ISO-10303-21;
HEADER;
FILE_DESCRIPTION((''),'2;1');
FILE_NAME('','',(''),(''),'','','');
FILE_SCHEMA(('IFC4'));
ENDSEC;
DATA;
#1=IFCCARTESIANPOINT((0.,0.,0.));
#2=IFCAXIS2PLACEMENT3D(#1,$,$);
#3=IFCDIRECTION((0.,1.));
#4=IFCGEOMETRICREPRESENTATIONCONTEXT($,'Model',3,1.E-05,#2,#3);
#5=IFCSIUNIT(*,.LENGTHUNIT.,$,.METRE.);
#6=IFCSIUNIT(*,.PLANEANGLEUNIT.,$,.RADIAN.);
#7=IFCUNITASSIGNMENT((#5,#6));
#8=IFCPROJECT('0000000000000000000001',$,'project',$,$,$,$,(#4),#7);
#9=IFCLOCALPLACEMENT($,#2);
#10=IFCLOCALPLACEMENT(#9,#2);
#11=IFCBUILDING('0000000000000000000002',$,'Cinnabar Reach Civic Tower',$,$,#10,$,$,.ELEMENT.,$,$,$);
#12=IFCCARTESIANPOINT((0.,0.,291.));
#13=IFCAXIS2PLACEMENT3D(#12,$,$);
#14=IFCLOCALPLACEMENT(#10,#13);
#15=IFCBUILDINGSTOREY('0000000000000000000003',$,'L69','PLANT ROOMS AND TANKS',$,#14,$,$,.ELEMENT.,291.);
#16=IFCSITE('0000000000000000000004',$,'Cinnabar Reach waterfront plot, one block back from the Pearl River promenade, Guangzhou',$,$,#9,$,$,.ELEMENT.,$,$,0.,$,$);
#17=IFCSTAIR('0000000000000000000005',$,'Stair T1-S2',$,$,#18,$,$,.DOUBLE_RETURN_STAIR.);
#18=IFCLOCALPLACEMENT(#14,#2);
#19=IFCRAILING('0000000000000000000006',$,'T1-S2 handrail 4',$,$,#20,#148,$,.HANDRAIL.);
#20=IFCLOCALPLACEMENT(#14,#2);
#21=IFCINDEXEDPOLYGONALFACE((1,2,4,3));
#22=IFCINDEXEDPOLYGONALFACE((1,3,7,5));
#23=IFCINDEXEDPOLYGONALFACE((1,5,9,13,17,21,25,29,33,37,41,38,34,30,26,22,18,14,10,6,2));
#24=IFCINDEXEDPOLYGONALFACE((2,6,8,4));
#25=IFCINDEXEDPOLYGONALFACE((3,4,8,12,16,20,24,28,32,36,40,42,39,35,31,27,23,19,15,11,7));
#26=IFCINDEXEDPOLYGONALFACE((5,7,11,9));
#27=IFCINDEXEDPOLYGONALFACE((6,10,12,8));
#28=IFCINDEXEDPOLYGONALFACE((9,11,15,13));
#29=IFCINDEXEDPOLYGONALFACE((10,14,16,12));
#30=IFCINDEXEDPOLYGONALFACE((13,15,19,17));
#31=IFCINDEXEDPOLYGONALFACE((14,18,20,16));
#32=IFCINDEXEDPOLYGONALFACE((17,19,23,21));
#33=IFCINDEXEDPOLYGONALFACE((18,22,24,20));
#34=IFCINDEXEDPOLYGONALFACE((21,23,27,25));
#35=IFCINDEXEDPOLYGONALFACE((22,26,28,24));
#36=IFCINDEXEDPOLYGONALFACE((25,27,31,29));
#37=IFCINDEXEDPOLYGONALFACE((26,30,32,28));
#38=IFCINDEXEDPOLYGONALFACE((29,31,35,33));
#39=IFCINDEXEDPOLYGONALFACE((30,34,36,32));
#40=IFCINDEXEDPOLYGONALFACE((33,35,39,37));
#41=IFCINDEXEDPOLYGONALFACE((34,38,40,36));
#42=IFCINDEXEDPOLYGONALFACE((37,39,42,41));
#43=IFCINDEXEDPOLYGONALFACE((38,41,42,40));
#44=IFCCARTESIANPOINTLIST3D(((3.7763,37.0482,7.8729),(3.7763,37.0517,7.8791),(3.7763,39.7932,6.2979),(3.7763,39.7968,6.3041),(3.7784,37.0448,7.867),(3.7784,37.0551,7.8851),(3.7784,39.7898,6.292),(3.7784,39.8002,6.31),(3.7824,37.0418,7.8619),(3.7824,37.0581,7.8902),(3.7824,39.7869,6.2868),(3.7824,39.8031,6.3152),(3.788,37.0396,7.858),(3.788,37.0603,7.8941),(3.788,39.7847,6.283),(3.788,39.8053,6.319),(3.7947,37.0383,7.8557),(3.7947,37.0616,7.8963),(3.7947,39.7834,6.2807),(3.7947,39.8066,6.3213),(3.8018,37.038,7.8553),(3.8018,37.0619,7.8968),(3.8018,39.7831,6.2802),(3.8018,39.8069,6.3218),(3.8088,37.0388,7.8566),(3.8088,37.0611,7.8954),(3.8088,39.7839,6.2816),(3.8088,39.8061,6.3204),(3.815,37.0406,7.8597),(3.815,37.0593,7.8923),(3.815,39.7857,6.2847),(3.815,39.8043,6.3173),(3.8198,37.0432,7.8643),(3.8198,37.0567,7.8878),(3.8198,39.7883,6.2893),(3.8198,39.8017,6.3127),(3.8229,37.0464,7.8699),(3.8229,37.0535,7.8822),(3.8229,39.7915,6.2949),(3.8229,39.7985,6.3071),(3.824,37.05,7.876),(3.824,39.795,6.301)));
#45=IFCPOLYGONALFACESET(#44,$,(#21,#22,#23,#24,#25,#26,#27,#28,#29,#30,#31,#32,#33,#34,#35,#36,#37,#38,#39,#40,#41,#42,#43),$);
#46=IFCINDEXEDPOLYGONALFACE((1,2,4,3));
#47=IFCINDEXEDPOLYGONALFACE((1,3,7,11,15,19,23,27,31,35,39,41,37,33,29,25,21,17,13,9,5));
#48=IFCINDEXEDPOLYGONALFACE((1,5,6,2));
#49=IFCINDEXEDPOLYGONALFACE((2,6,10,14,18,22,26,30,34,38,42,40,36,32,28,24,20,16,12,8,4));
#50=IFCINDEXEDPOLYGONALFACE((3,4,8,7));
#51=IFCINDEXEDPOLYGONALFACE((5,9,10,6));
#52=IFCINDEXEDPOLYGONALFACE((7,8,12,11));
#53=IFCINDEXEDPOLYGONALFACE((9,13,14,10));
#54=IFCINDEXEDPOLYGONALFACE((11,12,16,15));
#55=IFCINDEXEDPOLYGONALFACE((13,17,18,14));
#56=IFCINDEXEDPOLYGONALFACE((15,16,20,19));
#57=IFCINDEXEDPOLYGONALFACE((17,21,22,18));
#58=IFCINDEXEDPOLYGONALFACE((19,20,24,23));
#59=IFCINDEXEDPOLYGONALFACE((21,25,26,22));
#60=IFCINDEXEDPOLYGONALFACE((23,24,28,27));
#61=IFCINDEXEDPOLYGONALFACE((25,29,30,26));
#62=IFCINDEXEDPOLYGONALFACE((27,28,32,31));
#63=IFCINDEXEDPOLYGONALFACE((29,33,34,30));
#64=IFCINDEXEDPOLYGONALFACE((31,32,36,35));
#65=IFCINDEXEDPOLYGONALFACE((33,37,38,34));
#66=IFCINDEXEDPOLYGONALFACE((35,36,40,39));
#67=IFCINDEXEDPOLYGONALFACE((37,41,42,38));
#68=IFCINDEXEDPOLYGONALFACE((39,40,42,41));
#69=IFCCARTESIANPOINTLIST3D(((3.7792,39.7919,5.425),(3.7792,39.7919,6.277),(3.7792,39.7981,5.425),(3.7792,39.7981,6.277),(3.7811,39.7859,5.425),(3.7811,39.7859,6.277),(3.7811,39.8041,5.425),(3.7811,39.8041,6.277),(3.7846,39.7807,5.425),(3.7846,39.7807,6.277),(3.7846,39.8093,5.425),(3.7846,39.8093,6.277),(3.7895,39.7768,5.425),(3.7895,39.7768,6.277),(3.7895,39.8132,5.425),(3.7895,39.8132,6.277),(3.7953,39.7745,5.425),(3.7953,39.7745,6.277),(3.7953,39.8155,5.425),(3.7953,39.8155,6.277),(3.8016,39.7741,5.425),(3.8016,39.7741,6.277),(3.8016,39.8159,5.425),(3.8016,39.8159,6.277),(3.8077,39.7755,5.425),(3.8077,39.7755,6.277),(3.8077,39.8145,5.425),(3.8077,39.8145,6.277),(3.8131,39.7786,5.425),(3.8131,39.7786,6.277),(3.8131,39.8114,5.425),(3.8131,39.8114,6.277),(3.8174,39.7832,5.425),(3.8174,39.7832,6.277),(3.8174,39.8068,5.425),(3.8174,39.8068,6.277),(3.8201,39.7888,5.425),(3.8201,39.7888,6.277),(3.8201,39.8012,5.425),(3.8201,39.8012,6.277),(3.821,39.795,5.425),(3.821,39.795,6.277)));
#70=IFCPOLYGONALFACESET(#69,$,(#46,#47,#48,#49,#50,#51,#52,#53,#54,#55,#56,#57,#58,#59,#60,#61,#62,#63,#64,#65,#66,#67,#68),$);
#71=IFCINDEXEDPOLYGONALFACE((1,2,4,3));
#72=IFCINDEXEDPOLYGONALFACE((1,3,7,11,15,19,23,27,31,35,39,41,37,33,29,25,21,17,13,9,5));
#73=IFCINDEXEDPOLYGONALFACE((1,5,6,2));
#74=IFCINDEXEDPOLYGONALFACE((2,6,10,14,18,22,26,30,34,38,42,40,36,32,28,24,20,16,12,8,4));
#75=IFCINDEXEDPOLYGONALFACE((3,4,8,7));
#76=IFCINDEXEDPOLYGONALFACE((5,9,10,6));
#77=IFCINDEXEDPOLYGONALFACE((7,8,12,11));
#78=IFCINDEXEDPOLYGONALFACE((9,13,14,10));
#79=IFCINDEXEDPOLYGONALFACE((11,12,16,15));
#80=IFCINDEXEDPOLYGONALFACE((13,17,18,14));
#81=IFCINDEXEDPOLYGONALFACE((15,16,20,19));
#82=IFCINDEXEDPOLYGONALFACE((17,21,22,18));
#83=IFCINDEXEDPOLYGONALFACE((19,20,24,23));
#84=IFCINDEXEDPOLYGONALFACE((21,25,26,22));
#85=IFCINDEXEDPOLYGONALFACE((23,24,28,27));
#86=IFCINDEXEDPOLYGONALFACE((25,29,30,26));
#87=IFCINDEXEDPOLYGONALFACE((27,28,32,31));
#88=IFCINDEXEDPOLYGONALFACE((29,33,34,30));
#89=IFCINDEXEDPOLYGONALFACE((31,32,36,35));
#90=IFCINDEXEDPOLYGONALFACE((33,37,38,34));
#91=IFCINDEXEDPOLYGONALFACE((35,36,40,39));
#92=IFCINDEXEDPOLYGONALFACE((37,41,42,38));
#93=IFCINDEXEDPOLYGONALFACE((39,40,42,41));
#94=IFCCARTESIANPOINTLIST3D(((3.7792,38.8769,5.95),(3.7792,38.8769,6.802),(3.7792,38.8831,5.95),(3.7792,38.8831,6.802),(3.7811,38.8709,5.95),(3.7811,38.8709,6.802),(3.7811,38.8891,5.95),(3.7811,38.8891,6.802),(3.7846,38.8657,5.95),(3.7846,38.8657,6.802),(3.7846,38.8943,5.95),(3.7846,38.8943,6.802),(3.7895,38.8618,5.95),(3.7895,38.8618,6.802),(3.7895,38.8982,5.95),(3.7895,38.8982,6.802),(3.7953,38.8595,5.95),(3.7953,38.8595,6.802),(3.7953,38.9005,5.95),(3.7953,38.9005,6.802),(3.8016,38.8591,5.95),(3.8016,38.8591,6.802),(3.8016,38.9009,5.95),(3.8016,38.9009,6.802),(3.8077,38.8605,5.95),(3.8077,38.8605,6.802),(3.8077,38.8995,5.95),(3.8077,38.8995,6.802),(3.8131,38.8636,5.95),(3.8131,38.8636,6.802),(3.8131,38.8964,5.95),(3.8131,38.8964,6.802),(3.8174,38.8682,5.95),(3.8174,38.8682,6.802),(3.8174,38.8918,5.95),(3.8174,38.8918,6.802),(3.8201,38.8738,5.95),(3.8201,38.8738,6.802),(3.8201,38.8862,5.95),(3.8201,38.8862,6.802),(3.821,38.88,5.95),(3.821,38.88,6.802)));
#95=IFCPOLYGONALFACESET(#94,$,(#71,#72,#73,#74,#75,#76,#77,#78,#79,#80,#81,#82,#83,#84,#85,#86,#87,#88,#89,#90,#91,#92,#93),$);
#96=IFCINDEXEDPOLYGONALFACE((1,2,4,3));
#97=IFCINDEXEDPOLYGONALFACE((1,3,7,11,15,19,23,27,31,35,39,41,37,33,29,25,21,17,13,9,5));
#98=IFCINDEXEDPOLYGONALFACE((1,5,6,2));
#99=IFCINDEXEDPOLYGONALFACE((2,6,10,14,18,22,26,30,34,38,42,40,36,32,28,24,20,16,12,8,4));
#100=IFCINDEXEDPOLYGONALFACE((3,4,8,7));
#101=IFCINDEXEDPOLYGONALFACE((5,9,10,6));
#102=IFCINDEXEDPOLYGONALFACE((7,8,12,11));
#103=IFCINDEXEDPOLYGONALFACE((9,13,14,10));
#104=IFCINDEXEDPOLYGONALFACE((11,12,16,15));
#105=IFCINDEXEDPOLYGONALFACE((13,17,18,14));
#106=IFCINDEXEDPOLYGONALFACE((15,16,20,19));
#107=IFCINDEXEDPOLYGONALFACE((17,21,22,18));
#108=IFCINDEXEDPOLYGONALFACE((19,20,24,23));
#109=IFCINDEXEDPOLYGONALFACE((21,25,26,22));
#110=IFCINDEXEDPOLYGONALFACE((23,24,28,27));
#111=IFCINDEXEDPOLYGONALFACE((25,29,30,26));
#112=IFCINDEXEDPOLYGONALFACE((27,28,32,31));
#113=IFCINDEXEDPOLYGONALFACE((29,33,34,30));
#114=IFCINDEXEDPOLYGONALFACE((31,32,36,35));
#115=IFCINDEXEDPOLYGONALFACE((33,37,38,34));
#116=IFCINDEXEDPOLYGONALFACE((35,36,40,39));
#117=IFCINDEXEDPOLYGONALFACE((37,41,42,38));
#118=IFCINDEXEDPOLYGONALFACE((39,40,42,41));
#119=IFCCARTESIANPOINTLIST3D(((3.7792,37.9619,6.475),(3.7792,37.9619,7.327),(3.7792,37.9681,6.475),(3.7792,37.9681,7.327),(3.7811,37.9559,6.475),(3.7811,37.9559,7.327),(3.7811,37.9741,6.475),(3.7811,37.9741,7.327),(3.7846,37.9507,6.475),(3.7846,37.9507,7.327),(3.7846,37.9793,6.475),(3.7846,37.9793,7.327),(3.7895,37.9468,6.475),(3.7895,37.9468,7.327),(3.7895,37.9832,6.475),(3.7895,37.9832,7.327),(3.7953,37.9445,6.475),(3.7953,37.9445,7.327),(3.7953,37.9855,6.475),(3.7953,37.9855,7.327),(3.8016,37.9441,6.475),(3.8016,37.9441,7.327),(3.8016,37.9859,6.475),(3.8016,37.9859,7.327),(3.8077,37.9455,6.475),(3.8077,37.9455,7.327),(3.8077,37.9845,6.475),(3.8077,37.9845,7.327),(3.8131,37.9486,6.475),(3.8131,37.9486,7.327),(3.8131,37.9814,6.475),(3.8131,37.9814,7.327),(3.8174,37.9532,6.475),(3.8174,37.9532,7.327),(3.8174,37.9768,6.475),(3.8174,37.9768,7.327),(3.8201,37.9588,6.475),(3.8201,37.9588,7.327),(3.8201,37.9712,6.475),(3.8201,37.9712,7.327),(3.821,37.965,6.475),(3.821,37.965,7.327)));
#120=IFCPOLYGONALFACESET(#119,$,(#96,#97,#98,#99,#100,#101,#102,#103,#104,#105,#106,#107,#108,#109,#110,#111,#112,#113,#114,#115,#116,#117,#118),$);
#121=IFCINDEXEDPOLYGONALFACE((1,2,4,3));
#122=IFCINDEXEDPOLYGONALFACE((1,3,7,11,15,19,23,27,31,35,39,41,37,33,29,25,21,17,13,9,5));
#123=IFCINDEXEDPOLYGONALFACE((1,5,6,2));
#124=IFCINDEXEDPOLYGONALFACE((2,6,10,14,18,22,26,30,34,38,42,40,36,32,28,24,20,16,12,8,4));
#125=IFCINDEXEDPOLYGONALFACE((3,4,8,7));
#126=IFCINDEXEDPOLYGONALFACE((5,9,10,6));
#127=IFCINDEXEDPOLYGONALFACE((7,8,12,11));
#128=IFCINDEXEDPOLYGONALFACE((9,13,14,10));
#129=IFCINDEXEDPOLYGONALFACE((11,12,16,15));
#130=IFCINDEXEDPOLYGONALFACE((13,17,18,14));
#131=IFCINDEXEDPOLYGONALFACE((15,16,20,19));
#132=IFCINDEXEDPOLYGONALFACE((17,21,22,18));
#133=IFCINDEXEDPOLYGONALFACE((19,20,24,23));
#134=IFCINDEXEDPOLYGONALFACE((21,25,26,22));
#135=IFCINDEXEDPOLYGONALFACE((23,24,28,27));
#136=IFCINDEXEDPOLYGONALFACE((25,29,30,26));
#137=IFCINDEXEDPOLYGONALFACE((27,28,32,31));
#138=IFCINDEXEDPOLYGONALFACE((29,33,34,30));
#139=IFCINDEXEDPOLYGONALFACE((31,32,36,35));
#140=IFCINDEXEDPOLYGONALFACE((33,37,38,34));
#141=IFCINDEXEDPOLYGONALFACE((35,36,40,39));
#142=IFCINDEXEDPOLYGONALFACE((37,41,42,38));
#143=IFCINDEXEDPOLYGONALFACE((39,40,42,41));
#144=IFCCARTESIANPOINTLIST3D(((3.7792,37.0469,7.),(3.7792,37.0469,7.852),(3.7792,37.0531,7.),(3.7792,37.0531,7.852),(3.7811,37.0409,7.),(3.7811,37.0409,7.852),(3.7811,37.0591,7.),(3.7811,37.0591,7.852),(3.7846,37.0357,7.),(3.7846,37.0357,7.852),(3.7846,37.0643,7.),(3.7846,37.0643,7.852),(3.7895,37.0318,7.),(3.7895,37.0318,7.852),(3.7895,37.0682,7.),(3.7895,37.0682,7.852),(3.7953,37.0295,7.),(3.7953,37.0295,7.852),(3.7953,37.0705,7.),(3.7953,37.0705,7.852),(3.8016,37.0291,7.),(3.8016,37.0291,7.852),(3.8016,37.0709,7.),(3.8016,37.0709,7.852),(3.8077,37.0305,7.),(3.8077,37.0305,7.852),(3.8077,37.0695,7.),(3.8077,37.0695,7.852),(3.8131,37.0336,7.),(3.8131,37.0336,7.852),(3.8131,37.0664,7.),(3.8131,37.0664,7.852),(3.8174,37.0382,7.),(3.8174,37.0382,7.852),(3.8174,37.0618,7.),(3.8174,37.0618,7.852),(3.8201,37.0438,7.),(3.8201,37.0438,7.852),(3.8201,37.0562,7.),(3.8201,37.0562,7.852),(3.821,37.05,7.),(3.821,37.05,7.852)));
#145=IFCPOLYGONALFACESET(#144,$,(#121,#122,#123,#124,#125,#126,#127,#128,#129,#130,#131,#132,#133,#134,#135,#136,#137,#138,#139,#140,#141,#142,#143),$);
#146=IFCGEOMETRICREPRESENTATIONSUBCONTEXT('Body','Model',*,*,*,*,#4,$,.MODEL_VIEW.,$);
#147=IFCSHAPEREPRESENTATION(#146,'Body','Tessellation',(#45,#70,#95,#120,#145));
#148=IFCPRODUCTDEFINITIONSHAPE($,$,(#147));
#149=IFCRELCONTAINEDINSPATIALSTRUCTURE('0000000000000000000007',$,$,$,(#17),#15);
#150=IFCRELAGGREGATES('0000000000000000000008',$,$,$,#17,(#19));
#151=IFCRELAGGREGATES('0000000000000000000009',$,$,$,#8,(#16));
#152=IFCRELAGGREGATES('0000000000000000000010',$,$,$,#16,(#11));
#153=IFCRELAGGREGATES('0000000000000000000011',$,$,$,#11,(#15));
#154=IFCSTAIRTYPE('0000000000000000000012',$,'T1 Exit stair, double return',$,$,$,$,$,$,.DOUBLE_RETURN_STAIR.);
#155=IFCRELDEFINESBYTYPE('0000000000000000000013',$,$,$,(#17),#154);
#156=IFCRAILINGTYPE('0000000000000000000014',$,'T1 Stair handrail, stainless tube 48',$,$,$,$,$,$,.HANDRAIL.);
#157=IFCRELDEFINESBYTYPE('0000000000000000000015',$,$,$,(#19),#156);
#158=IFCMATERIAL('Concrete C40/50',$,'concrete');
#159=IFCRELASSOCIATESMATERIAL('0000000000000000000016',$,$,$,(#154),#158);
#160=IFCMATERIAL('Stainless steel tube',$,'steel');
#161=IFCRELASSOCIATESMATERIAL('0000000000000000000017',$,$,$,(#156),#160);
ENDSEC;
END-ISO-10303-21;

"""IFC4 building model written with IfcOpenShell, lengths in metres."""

from ifc_helpers import new_model, si_unit, direction, frame, origin, origin_2d, place, context, subcontext, project, spatial, circle, extrude, material, type_object, element, aggregate, save


model = new_model("IFC4")

# Units and contexts
model_context = context("Model", 3, precision=1e-05, world=origin(), true_north=direction((0.0, 1.0)))
body_context = subcontext(model_context, "Body", "Model", "MODEL_VIEW")
ifc_project = project(units=[si_unit("LENGTHUNIT", "METRE"), si_unit("PLANEANGLEUNIT", "RADIAN")], contexts=[model_context])

# Site, building, storey
site_placement = place(None, origin())
site = spatial("IfcSite", under=ifc_project, at=site_placement, Name="Cinnabar Reach waterfront plot, one block back from the Pearl River promenade, Guangzhou", CompositionType="ELEMENT", RefElevation=0.0)
building_placement = place(site_placement, origin())
building = spatial("IfcBuilding", under=site, at=building_placement, Name="Cinnabar Reach Civic Tower", CompositionType="ELEMENT")
storey_placement = place(building_placement, frame((0.0, 0.0, 291.0)))
storey = spatial("IfcBuildingStorey", under=building, at=storey_placement, Name="L69", Description="PLANT ROOMS AND TANKS", CompositionType="ELEMENT", Elevation=291.0)

# Shared definitions
ifc_material_1 = material(Name="Concrete C40/50", Category="concrete")

# Stair, railing
stair_type = type_object("IfcStairType", Name="T1 Exit stair, double return", PredefinedType="DOUBLE_RETURN_STAIR", material=ifc_material_1)
stair_placement = place(storey_placement, origin())
stair = element("IfcStair", 1, at=stair_placement, inside=storey, type_object=stair_type, Name="Stair T1-S2", PredefinedType="DOUBLE_RETURN_STAIR")
ifc_material_2 = material(Name="Stainless steel tube", Category="steel")
railing_type = type_object("IfcRailingType", Name="T1 Stair handrail, stainless tube 48", PredefinedType="HANDRAIL", material=ifc_material_2)
railing_1_placement = place(storey_placement, frame((3.8, 39.795, 5.425)))
railing_1 = element("IfcRailing", 2, at=railing_1_placement, type_object=railing_type, Name="T1-S2 handrail 4", PredefinedType="HANDRAIL", context=body_context, shape_type="SweptSolid", body=[
    extrude(circle(Radius=0.024, at=origin_2d()), frame((0.0, 0.0, 0.876), z_axis=(0.0, -0.867367, 0.497669), x_axis=(1.0, 0.0, 0.0)), (0.0, 0.0, 1.0), 3.1648),
    extrude(circle(Radius=0.021, at=origin_2d()), origin(), (0.0, 0.0, 1.0), 0.852),
    extrude(circle(Radius=0.021, at=origin_2d()), frame((0.0, -0.915, 0.525)), (0.0, 0.0, 1.0), 0.852),
    extrude(circle(Radius=0.021, at=origin_2d()), frame((0.0, -1.83, 1.05)), (0.0, 0.0, 1.0), 0.852),
    extrude(circle(Radius=0.021, at=origin_2d()), frame((0.0, -2.745, 1.575)), (0.0, 0.0, 1.0), 0.852),
])
aggregate(stair, [railing_1])

save(model, "model.ifc")
